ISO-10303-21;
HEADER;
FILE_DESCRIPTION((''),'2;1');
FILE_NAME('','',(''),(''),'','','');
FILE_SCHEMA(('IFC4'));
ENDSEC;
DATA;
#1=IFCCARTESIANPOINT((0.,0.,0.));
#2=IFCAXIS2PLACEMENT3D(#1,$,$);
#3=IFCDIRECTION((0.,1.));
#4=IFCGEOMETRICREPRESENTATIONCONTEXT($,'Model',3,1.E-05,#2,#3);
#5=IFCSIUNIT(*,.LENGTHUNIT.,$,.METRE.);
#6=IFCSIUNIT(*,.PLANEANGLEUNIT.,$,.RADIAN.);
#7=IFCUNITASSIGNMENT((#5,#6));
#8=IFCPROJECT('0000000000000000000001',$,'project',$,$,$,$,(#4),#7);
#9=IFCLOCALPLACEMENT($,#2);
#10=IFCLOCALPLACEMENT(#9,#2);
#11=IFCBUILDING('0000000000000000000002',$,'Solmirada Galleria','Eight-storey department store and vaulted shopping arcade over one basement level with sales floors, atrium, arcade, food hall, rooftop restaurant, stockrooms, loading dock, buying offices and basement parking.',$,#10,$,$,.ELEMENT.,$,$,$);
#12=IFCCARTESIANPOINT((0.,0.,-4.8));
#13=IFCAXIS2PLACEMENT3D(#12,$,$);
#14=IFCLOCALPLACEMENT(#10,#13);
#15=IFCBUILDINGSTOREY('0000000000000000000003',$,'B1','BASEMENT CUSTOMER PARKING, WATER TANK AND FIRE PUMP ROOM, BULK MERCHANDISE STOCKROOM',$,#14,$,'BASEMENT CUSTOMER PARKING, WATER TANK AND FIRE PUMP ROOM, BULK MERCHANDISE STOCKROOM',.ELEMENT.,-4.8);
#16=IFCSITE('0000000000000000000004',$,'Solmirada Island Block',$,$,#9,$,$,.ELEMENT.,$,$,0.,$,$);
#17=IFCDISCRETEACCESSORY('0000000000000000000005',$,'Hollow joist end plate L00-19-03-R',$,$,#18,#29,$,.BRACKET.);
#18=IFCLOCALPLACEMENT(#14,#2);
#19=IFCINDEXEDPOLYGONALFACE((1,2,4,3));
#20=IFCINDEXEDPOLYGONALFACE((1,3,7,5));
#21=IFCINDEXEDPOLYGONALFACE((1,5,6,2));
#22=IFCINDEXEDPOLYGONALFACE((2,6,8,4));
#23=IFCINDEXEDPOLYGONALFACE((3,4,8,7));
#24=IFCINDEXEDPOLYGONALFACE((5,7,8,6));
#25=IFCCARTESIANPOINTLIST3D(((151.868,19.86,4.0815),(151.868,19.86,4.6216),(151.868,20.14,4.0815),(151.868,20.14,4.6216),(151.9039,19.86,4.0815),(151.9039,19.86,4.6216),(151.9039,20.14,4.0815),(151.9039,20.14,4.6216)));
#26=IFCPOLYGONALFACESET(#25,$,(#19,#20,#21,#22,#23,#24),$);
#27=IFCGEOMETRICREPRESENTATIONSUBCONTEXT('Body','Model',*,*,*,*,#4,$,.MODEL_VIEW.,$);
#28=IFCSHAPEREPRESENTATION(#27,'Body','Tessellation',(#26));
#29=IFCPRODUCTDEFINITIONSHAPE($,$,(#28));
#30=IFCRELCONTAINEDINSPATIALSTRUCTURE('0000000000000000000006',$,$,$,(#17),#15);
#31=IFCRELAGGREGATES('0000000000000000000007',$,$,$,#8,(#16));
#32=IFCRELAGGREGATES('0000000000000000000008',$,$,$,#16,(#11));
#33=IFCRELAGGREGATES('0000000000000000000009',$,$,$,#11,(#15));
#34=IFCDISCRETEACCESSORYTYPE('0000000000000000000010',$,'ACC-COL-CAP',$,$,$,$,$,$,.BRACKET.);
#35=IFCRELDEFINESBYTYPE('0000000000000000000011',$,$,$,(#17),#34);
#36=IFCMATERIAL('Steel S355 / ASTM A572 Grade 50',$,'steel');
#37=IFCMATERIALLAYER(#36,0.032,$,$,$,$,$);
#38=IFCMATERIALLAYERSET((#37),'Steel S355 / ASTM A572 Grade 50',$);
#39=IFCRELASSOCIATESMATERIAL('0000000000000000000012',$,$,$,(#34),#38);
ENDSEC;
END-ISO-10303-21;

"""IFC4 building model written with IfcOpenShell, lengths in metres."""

from ifc_helpers import new_model, si_unit, direction, frame, origin, origin_2d, place, context, subcontext, project, spatial, rectangle, extrude, material, layer, layer_set, type_object, element, save


model = new_model("IFC4")

# Units and contexts
model_context = context("Model", 3, precision=1e-05, world=origin(), true_north=direction((0.0, 1.0)))
body_context = subcontext(model_context, "Body", "Model", "MODEL_VIEW")
ifc_project = project(units=[si_unit("LENGTHUNIT", "METRE"), si_unit("PLANEANGLEUNIT", "RADIAN")], contexts=[model_context])

# Site, building, storey
site_placement = place(None, origin())
site = spatial("IfcSite", under=ifc_project, at=site_placement, Name="Solmirada Island Block", CompositionType="ELEMENT", RefElevation=0.0)
building_placement = place(site_placement, origin())
building = spatial("IfcBuilding", under=site, at=building_placement, Name="Solmirada Galleria", Description="Eight-storey department store and vaulted shopping arcade over one basement level with sales floors, atrium, arcade, food hall, rooftop restaurant, stockrooms, loading dock, buying offices and basement parking.", CompositionType="ELEMENT")
storey_placement = place(building_placement, frame((0.0, 0.0, -4.8)))
storey = spatial("IfcBuildingStorey", under=building, at=storey_placement, Name="B1", Description="BASEMENT CUSTOMER PARKING, WATER TANK AND FIRE PUMP ROOM, BULK MERCHANDISE STOCKROOM", LongName="BASEMENT CUSTOMER PARKING, WATER TANK AND FIRE PUMP ROOM, BULK MERCHANDISE STOCKROOM", CompositionType="ELEMENT", Elevation=-4.8)

# Discrete accessory
ifc_material_1 = material(Name="Steel S355 / ASTM A572 Grade 50", Category="steel")
ifc_layer_1 = layer(ifc_material_1, 0.032)
ifc_layer_set_1 = layer_set([ifc_layer_1], Name="Steel S355 / ASTM A572 Grade 50")
discrete_accessory_type = type_object("IfcDiscreteAccessoryType", Name="ACC-COL-CAP", PredefinedType="BRACKET", material=ifc_layer_set_1)
for number, where, z_axis, x_axis, name in (
    (1, (151.886, 20.0, 4.0815), (0.0, 0.0, 1.0), (1.0, 0.0, 0.0), "Hollow joist end plate L00-19-03-R"),
):
    element("IfcDiscreteAccessory", number, at=place(storey_placement, frame(where, z_axis=z_axis, x_axis=x_axis)), inside=storey, type_object=discrete_accessory_type, Name=name, PredefinedType="BRACKET", context=body_context, shape_type="SweptSolid", body=[
        extrude(rectangle(XDim=0.0359, YDim=0.28, at=origin_2d()), origin(), (0.0, 0.0, 1.0), 0.54),
    ])

save(model, "model.ifc")
